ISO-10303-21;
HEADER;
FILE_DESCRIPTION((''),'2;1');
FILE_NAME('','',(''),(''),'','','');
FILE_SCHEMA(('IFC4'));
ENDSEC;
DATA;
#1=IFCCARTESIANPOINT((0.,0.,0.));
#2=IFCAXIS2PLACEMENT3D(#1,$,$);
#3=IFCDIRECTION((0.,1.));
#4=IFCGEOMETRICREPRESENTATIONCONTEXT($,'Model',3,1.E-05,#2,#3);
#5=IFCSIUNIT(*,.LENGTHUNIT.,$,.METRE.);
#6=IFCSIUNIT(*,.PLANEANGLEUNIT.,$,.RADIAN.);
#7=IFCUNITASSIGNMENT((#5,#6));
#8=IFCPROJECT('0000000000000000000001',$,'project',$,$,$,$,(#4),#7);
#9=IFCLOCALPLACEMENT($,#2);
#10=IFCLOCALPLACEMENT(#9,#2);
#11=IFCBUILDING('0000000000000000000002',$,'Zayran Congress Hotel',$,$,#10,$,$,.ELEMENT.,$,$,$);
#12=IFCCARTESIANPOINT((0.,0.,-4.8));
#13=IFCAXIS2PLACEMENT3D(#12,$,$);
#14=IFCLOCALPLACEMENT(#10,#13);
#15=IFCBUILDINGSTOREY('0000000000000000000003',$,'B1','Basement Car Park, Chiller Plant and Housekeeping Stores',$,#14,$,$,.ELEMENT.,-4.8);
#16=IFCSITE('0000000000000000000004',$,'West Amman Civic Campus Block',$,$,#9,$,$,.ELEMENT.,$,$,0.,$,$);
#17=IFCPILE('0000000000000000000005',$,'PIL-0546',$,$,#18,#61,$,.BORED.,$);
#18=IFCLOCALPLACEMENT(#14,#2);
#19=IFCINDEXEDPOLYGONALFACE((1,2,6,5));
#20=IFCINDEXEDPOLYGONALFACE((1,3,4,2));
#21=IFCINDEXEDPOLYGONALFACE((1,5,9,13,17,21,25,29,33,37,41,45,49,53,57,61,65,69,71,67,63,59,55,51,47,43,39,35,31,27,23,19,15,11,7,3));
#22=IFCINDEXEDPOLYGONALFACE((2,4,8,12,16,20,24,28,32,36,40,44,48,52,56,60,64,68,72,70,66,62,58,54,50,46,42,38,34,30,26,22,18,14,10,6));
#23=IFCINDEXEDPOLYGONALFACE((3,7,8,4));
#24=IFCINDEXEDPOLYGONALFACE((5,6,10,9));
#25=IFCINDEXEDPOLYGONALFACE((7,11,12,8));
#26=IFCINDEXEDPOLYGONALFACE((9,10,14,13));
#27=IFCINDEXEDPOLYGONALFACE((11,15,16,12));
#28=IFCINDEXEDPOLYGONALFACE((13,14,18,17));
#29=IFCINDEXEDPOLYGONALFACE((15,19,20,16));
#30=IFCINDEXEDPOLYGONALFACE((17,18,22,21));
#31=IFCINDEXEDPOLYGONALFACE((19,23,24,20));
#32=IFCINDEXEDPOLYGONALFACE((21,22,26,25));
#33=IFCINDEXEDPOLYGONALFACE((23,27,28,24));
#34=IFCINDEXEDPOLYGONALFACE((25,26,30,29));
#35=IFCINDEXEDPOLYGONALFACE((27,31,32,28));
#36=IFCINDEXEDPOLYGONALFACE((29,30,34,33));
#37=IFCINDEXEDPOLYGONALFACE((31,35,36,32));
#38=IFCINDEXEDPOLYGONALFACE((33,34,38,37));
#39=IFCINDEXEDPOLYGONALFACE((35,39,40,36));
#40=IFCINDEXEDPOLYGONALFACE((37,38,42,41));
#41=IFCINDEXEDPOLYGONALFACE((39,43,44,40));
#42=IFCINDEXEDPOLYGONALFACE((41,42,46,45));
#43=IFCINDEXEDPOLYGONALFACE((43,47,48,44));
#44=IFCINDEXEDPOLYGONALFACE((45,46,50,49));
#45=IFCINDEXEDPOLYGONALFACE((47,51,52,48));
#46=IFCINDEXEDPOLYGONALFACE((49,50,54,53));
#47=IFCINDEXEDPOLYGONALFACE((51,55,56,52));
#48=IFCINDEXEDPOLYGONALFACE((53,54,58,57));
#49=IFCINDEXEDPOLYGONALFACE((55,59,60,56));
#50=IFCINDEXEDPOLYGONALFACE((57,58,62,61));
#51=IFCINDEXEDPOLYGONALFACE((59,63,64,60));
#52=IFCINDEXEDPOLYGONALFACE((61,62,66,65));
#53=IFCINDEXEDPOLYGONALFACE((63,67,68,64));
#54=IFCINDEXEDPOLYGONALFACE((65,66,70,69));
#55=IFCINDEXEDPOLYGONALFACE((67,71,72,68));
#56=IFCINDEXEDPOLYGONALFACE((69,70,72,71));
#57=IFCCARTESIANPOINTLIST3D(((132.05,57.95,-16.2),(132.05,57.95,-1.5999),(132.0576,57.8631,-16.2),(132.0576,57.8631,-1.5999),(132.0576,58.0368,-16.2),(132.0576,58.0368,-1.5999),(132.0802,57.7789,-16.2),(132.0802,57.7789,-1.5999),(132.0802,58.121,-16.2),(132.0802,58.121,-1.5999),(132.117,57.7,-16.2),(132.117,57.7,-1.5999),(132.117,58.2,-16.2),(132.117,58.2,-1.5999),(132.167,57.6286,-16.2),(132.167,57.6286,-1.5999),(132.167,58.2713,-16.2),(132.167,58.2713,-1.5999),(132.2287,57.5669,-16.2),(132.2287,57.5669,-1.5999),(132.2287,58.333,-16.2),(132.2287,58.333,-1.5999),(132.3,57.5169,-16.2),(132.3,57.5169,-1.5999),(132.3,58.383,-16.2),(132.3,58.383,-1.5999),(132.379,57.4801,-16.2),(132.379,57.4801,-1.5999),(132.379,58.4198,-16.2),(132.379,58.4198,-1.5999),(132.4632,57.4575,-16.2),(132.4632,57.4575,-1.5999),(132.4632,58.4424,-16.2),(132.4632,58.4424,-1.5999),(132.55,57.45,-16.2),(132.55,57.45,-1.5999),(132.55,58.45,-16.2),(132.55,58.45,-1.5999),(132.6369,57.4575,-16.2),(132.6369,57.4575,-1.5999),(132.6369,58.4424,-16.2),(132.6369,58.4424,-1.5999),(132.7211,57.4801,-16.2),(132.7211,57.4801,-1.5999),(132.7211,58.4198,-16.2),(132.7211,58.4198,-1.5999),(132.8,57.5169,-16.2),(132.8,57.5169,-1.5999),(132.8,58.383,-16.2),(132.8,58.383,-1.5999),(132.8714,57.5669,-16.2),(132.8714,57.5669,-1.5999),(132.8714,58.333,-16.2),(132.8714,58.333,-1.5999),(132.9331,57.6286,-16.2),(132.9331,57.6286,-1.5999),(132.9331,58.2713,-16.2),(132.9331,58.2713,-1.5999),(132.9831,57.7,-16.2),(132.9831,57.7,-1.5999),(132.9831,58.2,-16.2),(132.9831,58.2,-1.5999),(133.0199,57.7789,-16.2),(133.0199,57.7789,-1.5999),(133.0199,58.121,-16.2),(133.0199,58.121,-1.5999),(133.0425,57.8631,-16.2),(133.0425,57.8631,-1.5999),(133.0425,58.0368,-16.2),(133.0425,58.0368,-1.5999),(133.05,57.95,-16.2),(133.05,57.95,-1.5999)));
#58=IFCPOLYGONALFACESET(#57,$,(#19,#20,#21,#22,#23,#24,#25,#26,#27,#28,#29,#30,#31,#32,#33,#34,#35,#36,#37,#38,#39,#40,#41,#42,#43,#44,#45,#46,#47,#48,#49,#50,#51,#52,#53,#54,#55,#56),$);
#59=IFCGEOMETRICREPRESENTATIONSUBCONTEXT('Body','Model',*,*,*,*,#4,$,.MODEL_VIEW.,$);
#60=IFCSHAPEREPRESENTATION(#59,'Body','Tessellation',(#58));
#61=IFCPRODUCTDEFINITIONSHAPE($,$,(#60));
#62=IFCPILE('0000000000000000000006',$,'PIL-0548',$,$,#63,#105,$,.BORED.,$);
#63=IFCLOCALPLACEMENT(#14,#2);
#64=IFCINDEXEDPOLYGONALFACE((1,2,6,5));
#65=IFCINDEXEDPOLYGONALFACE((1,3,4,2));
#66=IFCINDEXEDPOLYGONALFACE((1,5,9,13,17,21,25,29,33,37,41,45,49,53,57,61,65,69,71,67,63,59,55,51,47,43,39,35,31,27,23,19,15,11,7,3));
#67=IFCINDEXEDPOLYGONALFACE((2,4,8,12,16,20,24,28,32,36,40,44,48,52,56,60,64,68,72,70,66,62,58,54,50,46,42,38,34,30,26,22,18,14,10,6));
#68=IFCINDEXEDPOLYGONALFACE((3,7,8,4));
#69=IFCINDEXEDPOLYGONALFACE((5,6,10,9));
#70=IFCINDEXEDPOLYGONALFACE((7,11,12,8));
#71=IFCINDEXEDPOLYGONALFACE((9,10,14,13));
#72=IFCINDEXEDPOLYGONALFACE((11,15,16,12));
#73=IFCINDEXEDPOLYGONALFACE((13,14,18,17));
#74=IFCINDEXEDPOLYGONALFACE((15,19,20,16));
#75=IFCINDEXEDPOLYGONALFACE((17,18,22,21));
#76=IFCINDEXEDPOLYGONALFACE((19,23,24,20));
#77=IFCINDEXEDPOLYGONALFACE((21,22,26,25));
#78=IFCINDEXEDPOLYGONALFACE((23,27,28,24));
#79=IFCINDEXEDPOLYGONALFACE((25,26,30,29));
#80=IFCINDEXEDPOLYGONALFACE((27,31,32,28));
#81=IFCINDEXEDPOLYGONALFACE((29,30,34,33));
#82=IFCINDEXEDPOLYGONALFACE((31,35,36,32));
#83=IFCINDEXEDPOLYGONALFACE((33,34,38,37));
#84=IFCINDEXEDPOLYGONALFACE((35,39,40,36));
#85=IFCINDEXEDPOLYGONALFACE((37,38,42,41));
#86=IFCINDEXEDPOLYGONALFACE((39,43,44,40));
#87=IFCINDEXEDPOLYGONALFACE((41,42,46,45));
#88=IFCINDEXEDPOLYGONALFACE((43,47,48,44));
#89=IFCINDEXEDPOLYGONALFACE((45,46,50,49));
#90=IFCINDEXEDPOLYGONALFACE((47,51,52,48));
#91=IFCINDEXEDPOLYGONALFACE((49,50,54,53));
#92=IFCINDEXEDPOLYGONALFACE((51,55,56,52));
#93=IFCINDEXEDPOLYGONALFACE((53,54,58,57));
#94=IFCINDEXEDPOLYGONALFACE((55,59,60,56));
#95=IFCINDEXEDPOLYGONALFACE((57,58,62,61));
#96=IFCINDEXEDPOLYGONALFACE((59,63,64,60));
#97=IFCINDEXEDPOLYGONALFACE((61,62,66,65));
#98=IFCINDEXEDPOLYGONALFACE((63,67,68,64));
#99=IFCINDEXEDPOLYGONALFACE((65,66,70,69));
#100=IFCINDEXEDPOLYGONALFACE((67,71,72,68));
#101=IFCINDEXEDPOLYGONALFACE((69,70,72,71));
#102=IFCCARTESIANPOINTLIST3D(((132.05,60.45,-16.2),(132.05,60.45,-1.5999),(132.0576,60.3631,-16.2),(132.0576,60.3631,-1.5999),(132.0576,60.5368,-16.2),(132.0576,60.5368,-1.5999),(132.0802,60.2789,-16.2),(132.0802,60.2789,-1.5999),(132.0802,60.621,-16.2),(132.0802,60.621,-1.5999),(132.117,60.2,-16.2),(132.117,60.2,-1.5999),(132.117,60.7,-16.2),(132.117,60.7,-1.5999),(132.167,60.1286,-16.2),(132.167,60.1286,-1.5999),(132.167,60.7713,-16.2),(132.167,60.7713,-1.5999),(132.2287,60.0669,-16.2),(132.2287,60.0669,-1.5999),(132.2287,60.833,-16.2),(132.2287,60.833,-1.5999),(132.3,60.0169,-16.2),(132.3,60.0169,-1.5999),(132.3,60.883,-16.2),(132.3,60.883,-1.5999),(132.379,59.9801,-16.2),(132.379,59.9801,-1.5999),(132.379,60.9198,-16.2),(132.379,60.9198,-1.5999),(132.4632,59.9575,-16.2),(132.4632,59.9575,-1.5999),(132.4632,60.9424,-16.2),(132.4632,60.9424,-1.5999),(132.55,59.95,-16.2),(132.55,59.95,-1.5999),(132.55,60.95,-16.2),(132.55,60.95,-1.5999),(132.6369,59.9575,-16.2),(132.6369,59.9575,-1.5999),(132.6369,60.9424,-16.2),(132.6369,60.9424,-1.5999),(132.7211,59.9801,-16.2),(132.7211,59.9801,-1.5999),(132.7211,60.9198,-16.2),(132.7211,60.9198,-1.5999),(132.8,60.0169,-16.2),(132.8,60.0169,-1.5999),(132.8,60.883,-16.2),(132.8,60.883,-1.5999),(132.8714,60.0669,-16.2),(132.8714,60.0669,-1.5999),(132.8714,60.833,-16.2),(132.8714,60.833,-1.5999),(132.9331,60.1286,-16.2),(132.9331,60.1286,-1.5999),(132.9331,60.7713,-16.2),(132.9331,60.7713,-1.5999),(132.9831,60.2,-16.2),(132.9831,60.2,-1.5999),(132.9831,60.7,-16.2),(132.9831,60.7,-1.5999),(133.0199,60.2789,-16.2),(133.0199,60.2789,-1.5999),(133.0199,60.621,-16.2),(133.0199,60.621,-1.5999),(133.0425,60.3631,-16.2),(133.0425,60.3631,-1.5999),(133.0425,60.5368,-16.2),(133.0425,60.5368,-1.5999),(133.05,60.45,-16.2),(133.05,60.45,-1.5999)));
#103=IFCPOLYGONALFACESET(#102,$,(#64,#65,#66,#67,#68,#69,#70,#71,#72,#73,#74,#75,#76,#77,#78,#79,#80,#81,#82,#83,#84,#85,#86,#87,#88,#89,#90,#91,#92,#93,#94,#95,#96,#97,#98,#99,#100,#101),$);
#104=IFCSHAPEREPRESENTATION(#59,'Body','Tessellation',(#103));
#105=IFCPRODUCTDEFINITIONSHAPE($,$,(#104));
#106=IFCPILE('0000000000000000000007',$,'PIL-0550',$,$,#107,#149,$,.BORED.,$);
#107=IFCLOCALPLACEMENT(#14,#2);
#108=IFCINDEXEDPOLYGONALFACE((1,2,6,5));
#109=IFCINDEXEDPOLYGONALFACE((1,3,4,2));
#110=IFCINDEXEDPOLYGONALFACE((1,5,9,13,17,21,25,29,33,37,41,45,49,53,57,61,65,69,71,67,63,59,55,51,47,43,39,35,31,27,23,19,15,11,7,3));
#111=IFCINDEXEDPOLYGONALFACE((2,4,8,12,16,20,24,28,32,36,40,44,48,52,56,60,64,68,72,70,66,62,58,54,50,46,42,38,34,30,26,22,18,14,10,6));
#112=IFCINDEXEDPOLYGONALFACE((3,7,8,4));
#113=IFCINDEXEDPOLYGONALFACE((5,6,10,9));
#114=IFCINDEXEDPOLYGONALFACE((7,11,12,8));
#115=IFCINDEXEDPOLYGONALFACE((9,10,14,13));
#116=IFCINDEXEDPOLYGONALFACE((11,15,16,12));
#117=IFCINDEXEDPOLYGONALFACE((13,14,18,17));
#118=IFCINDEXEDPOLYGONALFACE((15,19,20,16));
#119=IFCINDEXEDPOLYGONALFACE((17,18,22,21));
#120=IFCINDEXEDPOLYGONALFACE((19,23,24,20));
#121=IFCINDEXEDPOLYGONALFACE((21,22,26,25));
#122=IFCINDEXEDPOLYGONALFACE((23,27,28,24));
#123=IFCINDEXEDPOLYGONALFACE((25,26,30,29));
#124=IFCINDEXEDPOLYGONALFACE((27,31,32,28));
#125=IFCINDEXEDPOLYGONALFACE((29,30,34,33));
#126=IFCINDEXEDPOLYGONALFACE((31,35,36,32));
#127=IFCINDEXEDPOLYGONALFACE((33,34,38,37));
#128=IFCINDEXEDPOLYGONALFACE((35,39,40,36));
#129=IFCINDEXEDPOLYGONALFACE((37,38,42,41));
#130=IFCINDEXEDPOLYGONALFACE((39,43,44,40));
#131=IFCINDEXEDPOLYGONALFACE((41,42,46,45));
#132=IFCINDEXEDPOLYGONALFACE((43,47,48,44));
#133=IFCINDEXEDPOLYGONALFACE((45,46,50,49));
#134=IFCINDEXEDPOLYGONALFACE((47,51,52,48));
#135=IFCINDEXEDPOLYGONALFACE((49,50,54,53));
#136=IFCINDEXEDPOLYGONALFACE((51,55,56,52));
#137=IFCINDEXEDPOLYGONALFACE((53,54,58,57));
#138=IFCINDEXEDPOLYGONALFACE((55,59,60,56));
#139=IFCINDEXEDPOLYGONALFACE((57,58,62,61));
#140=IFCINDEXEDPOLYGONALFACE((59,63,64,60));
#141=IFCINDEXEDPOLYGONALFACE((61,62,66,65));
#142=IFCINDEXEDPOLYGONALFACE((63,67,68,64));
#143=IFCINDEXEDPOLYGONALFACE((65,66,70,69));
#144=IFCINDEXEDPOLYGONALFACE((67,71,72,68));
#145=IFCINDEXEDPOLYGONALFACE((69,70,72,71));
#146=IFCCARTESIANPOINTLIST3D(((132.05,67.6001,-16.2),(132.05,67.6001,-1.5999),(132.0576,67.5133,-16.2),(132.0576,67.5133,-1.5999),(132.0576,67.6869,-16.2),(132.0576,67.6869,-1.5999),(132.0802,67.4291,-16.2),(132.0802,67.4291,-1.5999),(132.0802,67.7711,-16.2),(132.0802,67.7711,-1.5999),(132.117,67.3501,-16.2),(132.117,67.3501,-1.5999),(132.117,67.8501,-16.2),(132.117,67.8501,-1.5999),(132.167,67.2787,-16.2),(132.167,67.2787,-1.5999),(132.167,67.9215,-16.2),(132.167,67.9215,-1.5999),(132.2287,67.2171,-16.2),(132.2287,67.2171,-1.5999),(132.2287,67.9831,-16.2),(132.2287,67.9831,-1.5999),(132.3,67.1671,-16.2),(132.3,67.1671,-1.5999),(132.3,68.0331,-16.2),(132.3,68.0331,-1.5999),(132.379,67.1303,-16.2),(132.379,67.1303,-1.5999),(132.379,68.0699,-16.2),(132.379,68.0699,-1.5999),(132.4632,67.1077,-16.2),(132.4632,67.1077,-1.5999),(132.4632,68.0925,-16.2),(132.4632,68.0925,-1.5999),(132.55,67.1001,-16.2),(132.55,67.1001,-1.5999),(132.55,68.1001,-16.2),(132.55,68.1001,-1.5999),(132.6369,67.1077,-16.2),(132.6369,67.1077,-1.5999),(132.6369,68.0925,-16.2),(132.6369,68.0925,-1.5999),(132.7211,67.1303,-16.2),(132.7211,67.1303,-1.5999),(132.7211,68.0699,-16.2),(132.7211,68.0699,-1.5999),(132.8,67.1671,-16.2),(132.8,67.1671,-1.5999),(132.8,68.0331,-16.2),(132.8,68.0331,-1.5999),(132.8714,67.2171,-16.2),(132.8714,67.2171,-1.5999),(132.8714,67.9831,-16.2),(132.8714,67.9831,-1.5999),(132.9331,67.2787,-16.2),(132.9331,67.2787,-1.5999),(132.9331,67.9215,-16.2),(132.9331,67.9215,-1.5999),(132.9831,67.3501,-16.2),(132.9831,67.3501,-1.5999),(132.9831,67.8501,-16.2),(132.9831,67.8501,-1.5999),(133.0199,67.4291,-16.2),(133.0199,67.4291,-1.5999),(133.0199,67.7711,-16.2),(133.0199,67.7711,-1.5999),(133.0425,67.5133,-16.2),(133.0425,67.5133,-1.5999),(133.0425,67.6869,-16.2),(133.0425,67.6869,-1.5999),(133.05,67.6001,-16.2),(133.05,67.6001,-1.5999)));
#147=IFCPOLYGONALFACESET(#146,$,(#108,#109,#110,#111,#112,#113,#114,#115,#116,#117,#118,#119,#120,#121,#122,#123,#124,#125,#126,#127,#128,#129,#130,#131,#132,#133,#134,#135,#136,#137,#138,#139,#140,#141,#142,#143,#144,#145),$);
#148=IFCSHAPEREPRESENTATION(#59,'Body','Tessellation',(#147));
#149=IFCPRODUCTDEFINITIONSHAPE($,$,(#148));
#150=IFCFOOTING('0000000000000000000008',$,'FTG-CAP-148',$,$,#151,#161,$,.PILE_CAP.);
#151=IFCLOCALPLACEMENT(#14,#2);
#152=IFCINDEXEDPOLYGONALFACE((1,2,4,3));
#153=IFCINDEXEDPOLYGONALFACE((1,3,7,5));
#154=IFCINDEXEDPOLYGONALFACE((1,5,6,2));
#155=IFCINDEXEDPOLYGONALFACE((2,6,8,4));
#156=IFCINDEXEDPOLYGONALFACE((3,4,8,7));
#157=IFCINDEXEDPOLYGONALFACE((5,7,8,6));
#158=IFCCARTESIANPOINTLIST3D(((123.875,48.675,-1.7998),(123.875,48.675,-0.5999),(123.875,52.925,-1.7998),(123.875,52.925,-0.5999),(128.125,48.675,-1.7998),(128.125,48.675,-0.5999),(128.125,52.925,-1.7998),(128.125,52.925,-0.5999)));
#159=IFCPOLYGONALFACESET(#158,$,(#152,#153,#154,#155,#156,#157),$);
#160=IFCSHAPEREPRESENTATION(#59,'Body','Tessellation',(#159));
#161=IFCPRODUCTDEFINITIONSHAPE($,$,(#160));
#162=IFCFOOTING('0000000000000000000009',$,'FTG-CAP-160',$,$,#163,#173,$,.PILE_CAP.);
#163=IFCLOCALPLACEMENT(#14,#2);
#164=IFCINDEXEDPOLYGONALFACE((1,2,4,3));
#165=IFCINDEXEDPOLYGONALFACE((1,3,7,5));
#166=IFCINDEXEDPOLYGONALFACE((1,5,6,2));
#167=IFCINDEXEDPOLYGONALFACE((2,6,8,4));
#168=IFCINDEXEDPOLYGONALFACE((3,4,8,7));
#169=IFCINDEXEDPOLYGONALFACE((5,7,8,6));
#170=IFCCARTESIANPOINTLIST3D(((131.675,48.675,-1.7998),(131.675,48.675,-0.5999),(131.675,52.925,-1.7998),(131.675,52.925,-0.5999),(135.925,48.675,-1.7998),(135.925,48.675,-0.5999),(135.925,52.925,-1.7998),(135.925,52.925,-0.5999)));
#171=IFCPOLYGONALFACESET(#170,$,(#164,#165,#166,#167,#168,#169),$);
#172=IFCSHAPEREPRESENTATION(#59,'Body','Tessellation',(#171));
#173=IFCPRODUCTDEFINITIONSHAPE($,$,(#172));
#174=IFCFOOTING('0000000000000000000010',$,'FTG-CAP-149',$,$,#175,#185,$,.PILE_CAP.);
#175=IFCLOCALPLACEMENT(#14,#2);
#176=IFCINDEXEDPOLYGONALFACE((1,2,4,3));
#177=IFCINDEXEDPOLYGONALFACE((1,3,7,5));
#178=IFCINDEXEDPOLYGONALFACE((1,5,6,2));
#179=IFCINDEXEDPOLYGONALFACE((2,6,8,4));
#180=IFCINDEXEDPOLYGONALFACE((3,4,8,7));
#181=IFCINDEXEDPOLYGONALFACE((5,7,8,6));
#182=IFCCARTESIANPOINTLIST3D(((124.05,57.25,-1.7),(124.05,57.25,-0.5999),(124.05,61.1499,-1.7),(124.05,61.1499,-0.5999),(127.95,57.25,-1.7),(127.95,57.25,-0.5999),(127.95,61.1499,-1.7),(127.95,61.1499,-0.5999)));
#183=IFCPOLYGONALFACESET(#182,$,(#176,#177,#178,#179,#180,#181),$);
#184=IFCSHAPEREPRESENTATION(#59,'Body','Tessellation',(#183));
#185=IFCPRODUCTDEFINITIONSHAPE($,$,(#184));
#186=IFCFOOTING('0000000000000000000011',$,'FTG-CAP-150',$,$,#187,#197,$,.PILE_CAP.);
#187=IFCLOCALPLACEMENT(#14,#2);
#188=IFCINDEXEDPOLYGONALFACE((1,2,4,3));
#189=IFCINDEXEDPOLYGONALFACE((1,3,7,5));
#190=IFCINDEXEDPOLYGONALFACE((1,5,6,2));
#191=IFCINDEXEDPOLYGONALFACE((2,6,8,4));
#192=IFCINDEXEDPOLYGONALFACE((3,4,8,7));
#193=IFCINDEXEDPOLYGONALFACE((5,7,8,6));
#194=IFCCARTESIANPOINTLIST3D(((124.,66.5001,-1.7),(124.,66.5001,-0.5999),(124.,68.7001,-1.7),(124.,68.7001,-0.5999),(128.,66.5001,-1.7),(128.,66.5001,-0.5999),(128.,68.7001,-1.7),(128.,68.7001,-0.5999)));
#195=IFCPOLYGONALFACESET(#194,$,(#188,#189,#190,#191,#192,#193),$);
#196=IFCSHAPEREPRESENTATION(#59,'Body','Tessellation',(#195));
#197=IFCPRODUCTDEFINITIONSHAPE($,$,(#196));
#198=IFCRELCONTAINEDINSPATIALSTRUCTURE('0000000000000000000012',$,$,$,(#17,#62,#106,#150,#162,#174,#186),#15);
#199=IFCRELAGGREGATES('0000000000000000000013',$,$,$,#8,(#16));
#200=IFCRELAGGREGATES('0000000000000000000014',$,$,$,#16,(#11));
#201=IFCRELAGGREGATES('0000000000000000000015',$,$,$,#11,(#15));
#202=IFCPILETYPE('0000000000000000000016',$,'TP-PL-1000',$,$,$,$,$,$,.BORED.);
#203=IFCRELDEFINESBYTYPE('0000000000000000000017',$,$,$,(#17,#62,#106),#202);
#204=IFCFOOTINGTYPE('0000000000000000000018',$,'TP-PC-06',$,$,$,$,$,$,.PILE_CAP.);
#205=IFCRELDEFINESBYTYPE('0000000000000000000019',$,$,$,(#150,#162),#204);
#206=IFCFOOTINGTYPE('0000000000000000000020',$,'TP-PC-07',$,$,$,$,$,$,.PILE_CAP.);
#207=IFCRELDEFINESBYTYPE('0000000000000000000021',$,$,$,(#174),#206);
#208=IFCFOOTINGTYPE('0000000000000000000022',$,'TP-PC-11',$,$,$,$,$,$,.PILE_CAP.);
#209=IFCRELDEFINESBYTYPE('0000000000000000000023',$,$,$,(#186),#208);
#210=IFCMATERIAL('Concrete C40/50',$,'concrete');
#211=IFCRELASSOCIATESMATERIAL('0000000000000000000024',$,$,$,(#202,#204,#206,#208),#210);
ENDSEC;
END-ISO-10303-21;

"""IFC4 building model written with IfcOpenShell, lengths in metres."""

from ifc_helpers import new_model, si_unit, direction, frame, origin, origin_2d, place, context, subcontext, project, spatial, rectangle, circle, extrude, material, material_profile, profile_set, type_object, element, save


model = new_model("IFC4")

# Units and contexts
model_context = context("Model", 3, precision=1e-05, world=origin(), true_north=direction((0.0, 1.0)))
body_context = subcontext(model_context, "Body", "Model", "MODEL_VIEW")
ifc_project = project(units=[si_unit("LENGTHUNIT", "METRE"), si_unit("PLANEANGLEUNIT", "RADIAN")], contexts=[model_context])

# Site, building, storey
site_placement = place(None, origin())
site = spatial("IfcSite", under=ifc_project, at=site_placement, Name="West Amman Civic Campus Block", CompositionType="ELEMENT", RefElevation=0.0)
building_placement = place(site_placement, origin())
building = spatial("IfcBuilding", under=site, at=building_placement, Name="Zayran Congress Hotel", CompositionType="ELEMENT")
storey_placement = place(building_placement, frame((0.0, 0.0, -4.8)))
storey = spatial("IfcBuildingStorey", under=building, at=storey_placement, Name="B1", Description="Basement Car Park, Chiller Plant and Housekeeping Stores", CompositionType="ELEMENT", Elevation=-4.8)

# Piles
ifc_material_1 = material(Name="Concrete C40/50", Category="concrete")
ifc_material_profile_1 = material_profile(ifc_material_1, circle(Radius=0.5, at=origin_2d()), Name="PILE D1000")
ifc_profile_set_1 = profile_set([ifc_material_profile_1], Name="Concrete C40/50")
pile_type = type_object("IfcPileType", Name="TP-PL-1000", PredefinedType="BORED", material=ifc_profile_set_1)
for number, where, z_axis, x_axis, name in (
    (1, (132.55, 57.95, -1.5999), (0.0, 0.0, -1.0), (1.0, 0.0, 0.0), "PIL-0546"),
    (2, (132.55, 60.45, -1.5999), (0.0, 0.0, -1.0), (1.0, 0.0, 0.0), "PIL-0548"),
    (3, (132.55, 67.6001, -1.5999), (0.0, 0.0, -1.0), (1.0, 0.0, 0.0), "PIL-0550"),
):
    element("IfcPile", number, at=place(storey_placement, frame(where, z_axis=z_axis, x_axis=x_axis)), inside=storey, type_object=pile_type, Name=name, PredefinedType="BORED", context=body_context, shape_type="SweptSolid", body=[
        extrude(circle(Radius=0.5, at=origin_2d()), origin(), (0.0, 0.0, 1.0), 14.6001),
    ])

# Footings
footing_type_1 = type_object("IfcFootingType", Name="TP-PC-06", PredefinedType="PILE_CAP", material=ifc_material_1)
for number, where, z_axis, x_axis, name in (
    (4, (126.0, 50.8, -1.7998), (0.0, 0.0, 1.0), (1.0, 0.0, 0.0), "FTG-CAP-148"),
    (5, (133.8, 50.8, -1.7998), (0.0, 0.0, 1.0), (1.0, 0.0, 0.0), "FTG-CAP-160"),
):
    element("IfcFooting", number, at=place(storey_placement, frame(where, z_axis=z_axis, x_axis=x_axis)), inside=storey, type_object=footing_type_1, Name=name, PredefinedType="PILE_CAP", context=body_context, shape_type="SweptSolid", body=[
        extrude(rectangle(XDim=4.25, YDim=4.25, at=origin_2d()), origin(), (0.0, 0.0, 1.0), 1.2),
    ])
footing_type_2 = type_object("IfcFootingType", Name="TP-PC-07", PredefinedType="PILE_CAP", material=ifc_material_1)
footing_1_placement = place(storey_placement, frame((126.0, 59.2, -1.7), z_axis=(0.0, 0.0, 1.0), x_axis=(1.0, 0.0, 0.0)))
element("IfcFooting", 6, at=footing_1_placement, inside=storey, type_object=footing_type_2, Name="FTG-CAP-149", PredefinedType="PILE_CAP", context=body_context, shape_type="SweptSolid", body=[
    extrude(rectangle(XDim=3.8999, YDim=3.8999, at=origin_2d()), origin(), (0.0, 0.0, 1.0), 1.1001),
])
footing_type_3 = type_object("IfcFootingType", Name="TP-PC-11", PredefinedType="PILE_CAP", material=ifc_material_1)
footing_2_placement = place(storey_placement, frame((126.0, 67.6001, -1.7), z_axis=(0.0, 0.0, 1.0), x_axis=(1.0, 0.0, 0.0)))
element("IfcFooting", 7, at=footing_2_placement, inside=storey, type_object=footing_type_3, Name="FTG-CAP-150", PredefinedType="PILE_CAP", context=body_context, shape_type="SweptSolid", body=[
    extrude(rectangle(XDim=4.0, YDim=2.2, at=origin_2d()), origin(), (0.0, 0.0, 1.0), 1.1001),
])

save(model, "model.ifc")
